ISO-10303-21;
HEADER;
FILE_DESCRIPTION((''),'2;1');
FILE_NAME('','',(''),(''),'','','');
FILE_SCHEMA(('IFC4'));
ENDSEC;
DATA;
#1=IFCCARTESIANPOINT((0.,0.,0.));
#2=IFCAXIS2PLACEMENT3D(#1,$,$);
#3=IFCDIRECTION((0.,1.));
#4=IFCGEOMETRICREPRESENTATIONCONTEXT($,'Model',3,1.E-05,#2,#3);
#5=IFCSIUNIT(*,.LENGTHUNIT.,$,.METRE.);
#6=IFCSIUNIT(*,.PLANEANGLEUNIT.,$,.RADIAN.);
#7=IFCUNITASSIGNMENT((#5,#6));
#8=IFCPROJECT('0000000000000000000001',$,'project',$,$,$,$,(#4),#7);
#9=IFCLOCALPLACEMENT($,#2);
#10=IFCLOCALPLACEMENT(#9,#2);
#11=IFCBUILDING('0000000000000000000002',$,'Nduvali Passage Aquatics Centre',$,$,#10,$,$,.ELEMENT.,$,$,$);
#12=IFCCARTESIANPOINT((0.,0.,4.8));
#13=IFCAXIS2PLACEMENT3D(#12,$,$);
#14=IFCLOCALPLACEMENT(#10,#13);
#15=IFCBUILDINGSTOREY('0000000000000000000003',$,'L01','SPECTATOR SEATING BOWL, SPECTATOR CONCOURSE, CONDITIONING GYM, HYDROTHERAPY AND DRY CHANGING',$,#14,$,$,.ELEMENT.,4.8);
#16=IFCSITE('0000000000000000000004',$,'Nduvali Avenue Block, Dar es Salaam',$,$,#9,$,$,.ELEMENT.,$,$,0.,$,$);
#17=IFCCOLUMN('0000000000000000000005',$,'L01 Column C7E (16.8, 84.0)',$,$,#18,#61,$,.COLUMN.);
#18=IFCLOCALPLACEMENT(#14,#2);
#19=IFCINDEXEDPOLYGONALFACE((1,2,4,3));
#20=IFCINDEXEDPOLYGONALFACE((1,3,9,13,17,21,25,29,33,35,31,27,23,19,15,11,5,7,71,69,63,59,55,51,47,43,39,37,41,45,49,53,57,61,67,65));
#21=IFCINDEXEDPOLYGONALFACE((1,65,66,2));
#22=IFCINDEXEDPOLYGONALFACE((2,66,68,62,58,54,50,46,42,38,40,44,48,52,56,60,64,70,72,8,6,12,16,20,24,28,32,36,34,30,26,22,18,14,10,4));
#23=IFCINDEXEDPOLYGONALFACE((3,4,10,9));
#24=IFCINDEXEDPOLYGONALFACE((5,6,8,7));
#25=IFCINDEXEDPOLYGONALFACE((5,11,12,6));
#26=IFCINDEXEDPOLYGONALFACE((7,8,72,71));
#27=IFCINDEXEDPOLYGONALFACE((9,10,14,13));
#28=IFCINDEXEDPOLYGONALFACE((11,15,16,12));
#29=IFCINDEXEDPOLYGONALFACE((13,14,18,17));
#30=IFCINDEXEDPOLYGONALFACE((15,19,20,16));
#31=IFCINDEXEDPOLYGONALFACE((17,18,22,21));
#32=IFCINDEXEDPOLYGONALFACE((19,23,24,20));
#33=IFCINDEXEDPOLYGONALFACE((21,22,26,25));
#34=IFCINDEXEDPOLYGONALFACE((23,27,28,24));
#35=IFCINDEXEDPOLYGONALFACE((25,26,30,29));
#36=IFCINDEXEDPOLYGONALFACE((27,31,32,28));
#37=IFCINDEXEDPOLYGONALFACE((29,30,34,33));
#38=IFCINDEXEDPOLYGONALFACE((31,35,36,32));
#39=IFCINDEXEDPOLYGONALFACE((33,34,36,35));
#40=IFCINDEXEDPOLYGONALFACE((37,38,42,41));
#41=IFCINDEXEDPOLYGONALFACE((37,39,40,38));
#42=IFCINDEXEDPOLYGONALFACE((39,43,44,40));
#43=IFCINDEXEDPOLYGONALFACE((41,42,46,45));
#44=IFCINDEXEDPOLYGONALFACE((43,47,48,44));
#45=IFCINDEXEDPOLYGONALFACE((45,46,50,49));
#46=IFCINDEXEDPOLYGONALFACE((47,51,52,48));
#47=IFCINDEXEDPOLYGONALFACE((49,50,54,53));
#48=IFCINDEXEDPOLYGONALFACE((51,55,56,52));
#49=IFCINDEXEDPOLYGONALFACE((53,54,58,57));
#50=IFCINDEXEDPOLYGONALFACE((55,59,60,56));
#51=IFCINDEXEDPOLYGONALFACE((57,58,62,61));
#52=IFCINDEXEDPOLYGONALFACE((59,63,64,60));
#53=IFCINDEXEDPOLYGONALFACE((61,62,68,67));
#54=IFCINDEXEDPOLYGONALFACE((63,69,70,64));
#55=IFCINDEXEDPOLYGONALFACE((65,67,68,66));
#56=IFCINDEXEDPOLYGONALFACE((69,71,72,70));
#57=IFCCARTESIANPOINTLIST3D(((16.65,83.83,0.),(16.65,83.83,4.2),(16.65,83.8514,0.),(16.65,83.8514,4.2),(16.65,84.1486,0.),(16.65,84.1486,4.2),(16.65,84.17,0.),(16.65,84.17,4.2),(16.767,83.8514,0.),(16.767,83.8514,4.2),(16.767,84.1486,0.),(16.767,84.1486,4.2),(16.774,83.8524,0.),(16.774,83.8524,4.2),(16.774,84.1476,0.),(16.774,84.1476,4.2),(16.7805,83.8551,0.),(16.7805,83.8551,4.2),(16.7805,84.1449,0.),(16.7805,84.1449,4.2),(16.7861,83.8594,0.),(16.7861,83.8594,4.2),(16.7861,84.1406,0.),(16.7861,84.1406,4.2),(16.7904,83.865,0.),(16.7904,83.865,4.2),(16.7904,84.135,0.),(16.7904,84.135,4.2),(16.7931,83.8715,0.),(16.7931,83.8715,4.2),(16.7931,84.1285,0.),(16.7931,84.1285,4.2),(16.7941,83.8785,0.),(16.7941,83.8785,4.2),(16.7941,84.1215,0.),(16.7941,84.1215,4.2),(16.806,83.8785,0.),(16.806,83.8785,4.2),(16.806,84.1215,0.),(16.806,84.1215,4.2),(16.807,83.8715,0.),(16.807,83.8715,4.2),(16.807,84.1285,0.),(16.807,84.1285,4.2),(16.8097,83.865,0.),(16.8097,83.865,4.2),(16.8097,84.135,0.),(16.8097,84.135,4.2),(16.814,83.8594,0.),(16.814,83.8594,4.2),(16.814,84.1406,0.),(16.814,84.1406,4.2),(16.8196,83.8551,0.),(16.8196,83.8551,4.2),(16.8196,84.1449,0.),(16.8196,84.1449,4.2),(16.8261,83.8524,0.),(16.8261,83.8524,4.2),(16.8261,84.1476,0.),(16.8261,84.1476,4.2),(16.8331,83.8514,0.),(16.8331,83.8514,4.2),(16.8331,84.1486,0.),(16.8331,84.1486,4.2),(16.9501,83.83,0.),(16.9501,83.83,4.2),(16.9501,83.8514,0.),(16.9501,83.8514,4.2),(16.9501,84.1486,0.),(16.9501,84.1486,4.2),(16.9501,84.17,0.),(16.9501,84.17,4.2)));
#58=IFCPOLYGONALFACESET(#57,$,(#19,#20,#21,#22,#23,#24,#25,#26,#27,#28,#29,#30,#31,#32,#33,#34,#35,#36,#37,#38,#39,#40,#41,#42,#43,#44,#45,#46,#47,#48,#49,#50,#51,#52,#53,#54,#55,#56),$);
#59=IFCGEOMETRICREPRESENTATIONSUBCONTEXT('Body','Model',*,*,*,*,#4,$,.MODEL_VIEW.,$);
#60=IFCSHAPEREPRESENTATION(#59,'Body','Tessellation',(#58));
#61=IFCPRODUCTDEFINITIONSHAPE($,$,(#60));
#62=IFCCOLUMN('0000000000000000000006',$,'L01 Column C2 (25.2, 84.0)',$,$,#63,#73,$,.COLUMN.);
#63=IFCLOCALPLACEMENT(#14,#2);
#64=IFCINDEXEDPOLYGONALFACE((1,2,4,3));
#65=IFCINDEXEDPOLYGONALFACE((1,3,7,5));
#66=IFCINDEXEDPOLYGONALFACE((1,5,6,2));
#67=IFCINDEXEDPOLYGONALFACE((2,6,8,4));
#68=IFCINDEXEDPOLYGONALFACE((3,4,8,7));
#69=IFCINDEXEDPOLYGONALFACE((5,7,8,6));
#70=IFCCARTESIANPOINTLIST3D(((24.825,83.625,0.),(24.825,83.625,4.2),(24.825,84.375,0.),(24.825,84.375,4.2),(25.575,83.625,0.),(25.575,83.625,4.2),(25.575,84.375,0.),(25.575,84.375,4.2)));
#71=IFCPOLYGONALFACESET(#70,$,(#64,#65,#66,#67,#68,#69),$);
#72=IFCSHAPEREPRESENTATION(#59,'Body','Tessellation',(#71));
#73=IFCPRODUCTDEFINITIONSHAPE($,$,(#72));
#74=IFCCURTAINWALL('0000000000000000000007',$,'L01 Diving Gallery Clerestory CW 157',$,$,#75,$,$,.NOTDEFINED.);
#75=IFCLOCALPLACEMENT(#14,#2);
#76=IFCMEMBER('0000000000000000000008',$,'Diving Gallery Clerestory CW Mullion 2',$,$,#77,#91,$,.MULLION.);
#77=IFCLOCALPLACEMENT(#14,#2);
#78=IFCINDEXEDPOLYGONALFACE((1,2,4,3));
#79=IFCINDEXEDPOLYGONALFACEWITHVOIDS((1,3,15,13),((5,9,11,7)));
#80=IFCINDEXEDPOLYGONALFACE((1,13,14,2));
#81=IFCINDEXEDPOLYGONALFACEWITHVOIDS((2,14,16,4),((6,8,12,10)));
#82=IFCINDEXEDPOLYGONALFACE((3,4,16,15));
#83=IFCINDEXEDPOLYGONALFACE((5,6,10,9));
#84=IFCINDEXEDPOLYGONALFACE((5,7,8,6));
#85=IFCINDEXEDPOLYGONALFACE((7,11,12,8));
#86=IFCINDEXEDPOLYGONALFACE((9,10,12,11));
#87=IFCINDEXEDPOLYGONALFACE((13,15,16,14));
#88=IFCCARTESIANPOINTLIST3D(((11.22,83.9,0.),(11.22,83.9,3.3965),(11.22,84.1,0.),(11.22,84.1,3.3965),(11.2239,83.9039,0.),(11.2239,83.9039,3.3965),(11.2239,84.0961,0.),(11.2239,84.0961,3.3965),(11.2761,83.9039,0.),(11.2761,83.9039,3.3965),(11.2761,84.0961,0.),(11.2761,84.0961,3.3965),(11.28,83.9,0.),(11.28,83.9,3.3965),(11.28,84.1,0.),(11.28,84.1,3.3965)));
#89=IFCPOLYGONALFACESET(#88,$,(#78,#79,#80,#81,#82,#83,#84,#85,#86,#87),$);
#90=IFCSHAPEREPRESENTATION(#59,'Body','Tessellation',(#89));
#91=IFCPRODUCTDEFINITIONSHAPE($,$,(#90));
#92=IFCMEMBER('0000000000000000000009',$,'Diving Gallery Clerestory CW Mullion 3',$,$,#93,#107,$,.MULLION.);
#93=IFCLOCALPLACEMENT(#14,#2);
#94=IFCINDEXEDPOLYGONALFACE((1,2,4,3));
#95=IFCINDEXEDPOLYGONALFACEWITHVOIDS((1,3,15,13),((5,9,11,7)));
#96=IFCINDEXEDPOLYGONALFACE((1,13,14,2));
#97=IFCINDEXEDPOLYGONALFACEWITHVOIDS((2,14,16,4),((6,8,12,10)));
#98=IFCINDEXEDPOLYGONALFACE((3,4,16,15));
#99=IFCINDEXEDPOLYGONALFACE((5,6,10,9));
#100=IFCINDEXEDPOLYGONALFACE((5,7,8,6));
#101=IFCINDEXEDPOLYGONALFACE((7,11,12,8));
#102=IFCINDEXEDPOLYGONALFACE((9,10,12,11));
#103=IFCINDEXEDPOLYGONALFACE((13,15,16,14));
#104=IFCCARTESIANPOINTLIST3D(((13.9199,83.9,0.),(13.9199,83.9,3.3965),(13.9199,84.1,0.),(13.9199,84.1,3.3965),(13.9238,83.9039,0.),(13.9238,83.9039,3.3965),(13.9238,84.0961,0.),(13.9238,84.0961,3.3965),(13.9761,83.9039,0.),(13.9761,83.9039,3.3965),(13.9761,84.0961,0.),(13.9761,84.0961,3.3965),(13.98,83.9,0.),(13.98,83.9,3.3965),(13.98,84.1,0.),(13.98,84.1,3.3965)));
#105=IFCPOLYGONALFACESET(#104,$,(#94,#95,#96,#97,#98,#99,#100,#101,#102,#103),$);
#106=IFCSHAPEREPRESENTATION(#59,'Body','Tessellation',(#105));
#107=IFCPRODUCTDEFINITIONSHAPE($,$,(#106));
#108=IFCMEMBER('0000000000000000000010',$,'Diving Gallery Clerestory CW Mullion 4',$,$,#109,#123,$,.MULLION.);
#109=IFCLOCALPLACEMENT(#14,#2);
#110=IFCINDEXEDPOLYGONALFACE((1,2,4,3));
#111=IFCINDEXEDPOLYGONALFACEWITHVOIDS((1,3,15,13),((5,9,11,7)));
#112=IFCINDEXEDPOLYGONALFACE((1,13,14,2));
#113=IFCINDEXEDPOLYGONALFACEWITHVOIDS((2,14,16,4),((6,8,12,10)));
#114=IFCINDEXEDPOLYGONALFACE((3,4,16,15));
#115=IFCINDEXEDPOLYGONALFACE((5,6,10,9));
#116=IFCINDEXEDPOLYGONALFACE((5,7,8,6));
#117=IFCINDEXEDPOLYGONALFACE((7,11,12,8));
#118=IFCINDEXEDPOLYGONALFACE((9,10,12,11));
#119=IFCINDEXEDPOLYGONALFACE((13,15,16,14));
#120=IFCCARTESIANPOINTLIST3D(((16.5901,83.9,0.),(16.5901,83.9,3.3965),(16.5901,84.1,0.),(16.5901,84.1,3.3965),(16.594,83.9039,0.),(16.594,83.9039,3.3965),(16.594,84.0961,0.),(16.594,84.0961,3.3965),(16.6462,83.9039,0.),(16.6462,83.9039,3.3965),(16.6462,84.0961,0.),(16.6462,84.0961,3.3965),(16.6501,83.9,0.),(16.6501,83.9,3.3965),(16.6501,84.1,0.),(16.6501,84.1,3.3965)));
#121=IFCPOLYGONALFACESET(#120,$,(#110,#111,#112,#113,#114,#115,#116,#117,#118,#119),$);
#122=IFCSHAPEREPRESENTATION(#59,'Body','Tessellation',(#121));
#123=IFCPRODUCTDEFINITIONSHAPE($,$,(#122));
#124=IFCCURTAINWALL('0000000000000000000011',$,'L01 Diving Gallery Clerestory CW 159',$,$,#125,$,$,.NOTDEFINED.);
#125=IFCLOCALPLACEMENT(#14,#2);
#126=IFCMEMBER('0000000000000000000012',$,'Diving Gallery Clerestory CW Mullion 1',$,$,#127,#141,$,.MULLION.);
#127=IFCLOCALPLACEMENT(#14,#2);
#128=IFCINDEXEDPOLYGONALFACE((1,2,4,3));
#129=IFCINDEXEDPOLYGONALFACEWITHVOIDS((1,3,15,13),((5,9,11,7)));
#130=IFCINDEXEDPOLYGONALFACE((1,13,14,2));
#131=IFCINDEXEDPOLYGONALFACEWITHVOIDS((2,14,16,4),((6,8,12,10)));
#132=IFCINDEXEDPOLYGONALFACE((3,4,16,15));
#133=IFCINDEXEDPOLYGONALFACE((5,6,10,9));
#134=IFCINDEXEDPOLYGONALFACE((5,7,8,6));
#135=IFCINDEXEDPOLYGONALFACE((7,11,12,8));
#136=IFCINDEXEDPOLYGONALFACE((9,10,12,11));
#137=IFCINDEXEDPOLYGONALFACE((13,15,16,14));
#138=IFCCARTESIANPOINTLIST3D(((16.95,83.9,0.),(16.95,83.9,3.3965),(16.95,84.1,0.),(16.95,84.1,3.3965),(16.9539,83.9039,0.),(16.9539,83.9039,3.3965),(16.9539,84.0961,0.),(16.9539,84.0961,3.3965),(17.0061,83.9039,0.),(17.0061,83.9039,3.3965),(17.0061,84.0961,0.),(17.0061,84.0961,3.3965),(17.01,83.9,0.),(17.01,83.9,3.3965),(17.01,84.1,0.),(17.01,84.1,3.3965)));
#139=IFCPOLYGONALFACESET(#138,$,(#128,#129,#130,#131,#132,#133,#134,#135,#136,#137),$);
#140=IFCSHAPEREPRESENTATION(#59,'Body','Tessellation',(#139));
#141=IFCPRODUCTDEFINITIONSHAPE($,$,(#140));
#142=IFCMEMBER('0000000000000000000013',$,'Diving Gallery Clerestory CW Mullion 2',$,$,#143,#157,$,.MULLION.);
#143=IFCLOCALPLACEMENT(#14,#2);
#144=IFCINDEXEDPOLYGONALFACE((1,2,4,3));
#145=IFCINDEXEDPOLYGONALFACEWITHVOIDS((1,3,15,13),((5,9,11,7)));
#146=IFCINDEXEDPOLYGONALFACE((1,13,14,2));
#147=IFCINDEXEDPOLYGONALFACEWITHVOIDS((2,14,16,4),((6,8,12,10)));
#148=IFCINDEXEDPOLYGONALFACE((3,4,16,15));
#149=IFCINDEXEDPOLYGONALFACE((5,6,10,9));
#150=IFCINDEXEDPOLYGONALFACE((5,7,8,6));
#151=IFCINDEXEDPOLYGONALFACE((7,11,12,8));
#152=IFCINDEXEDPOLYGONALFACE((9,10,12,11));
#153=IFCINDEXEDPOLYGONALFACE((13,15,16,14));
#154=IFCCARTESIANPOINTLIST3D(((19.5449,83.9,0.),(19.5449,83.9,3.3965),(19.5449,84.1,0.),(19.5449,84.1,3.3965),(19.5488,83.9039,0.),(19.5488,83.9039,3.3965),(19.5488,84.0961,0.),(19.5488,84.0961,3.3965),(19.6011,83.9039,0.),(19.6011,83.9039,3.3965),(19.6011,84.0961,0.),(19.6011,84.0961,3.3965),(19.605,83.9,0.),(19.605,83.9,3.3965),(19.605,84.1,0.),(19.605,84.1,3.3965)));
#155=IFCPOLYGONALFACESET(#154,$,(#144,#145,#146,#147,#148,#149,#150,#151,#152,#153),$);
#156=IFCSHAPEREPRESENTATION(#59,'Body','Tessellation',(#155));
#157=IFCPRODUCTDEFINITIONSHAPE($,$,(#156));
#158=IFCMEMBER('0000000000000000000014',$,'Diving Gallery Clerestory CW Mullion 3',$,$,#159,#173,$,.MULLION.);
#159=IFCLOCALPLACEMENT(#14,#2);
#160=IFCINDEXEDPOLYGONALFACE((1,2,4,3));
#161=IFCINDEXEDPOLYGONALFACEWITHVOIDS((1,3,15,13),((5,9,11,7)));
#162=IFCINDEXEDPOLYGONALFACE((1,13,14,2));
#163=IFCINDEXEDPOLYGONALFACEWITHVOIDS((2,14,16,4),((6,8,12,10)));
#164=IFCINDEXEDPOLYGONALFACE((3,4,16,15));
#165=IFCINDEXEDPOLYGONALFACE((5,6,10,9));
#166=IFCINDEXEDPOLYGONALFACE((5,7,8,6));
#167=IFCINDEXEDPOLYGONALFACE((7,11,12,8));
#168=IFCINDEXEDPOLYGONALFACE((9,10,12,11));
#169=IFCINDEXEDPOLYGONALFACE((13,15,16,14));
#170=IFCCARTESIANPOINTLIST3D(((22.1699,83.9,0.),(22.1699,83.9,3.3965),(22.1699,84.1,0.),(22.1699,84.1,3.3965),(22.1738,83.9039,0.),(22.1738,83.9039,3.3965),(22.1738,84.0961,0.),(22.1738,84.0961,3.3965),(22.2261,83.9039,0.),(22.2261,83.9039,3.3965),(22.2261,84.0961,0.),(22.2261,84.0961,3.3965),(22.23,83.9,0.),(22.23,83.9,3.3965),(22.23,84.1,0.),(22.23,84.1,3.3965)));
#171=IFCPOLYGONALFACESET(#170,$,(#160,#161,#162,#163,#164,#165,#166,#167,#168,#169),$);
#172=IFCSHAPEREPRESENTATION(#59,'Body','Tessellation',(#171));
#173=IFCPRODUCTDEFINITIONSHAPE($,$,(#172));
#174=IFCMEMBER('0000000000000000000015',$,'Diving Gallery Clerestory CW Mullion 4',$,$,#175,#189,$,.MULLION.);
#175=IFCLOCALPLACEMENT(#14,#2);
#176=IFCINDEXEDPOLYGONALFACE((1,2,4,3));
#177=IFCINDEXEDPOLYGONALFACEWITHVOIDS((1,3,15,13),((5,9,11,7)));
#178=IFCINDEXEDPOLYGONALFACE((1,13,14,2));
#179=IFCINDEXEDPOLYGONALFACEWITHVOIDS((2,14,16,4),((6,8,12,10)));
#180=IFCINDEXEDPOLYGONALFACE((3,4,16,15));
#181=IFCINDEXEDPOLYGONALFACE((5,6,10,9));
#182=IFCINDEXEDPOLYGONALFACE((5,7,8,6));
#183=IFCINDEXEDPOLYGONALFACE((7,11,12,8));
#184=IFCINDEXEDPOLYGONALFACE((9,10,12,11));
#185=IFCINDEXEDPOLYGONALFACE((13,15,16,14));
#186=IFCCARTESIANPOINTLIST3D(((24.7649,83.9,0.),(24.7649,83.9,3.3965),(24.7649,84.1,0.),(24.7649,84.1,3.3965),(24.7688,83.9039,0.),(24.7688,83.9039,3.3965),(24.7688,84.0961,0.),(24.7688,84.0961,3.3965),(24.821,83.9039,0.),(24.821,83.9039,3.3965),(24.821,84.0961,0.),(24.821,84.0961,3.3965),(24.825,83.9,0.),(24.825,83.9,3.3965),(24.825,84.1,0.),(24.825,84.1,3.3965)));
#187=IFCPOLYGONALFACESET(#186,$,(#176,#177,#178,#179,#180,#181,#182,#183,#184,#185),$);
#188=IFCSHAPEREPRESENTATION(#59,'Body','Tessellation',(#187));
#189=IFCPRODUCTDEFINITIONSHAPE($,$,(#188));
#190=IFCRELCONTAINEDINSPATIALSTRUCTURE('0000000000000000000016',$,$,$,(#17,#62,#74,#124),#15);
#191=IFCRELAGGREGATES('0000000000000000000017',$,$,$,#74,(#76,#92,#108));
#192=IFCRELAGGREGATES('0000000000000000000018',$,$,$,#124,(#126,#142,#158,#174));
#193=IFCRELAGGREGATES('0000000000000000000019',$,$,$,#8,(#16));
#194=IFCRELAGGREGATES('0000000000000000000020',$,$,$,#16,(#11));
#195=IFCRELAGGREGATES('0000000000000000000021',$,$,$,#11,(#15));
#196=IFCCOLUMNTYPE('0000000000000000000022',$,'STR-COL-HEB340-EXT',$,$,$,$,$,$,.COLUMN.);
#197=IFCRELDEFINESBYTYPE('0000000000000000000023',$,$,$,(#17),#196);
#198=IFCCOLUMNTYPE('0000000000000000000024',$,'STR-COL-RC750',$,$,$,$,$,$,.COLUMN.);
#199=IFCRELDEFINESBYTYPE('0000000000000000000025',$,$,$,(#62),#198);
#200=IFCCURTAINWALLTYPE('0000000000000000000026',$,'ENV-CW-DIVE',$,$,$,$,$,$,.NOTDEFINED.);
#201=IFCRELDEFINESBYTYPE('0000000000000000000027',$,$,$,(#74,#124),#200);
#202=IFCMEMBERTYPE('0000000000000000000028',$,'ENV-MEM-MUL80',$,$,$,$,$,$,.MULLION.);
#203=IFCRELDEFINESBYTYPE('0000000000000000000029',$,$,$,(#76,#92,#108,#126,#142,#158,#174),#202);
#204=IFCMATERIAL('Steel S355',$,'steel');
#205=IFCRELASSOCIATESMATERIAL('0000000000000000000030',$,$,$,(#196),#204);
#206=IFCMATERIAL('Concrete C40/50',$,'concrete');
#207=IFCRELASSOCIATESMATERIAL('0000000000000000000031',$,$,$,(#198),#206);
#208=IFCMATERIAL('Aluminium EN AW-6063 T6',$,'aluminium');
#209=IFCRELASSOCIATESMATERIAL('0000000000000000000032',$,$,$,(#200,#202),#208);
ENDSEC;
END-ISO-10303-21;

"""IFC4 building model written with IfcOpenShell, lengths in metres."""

from ifc_helpers import new_model, si_unit, direction, frame, origin, origin_2d, place, context, subcontext, project, spatial, rectangle, hollow_rectangle, i_section, extrude, material, material_profile, profile_set, type_object, element, aggregate, save


model = new_model("IFC4")

# Units and contexts
model_context = context("Model", 3, precision=1e-05, world=origin(), true_north=direction((0.0, 1.0)))
body_context = subcontext(model_context, "Body", "Model", "MODEL_VIEW")
ifc_project = project(units=[si_unit("LENGTHUNIT", "METRE"), si_unit("PLANEANGLEUNIT", "RADIAN")], contexts=[model_context])

# Site, building, storey
site_placement = place(None, origin())
site = spatial("IfcSite", under=ifc_project, at=site_placement, Name="Nduvali Avenue Block, Dar es Salaam", CompositionType="ELEMENT", RefElevation=0.0)
building_placement = place(site_placement, origin())
building = spatial("IfcBuilding", under=site, at=building_placement, Name="Nduvali Passage Aquatics Centre", CompositionType="ELEMENT")
storey_placement = place(building_placement, frame((0.0, 0.0, 4.8)))
storey = spatial("IfcBuildingStorey", under=building, at=storey_placement, Name="L01", Description="SPECTATOR SEATING BOWL, SPECTATOR CONCOURSE, CONDITIONING GYM, HYDROTHERAPY AND DRY CHANGING", CompositionType="ELEMENT", Elevation=4.8)

# Columns
ifc_material_1 = material(Name="Steel S355", Category="steel")
ifc_material_profile_1 = material_profile(ifc_material_1, i_section(OverallWidth=0.3, OverallDepth=0.3401, WebThickness=0.012, FlangeThickness=0.0215, FilletRadius=0.0271, at=origin_2d()), Name="HEB 340")
ifc_profile_set_1 = profile_set([ifc_material_profile_1], Name="Steel S355")
column_type_1 = type_object("IfcColumnType", Name="STR-COL-HEB340-EXT", PredefinedType="COLUMN", material=ifc_profile_set_1)
column_1_placement = place(storey_placement, frame((16.8, 84.0, 0.0), z_axis=(0.0, 0.0, 1.0), x_axis=(1.0, 0.0, 0.0)))
element("IfcColumn", 1, at=column_1_placement, inside=storey, type_object=column_type_1, Name="L01 Column C7E (16.8, 84.0)", PredefinedType="COLUMN", context=body_context, shape_type="SweptSolid", body=[
    extrude(i_section(OverallWidth=0.3, OverallDepth=0.3401, WebThickness=0.012, FlangeThickness=0.0215, FilletRadius=0.0271, at=origin_2d()), origin(), (0.0, 0.0, 1.0), 4.2),
])
ifc_material_2 = material(Name="Concrete C40/50", Category="concrete")
ifc_material_profile_2 = material_profile(ifc_material_2, rectangle(XDim=0.75, YDim=0.75, at=origin_2d()), Name="RC 750x750")
ifc_profile_set_2 = profile_set([ifc_material_profile_2], Name="Concrete C40/50")
column_type_2 = type_object("IfcColumnType", Name="STR-COL-RC750", PredefinedType="COLUMN", material=ifc_profile_set_2)
column_2_placement = place(storey_placement, frame((25.2, 84.0, 0.0), z_axis=(0.0, 0.0, 1.0), x_axis=(1.0, 0.0, 0.0)))
element("IfcColumn", 2, at=column_2_placement, inside=storey, type_object=column_type_2, Name="L01 Column C2 (25.2, 84.0)", PredefinedType="COLUMN", context=body_context, shape_type="SweptSolid", body=[
    extrude(rectangle(XDim=0.75, YDim=0.75, at=origin_2d()), origin(), (0.0, 0.0, 1.0), 4.2),
])

# Curtain walls, members
ifc_material_3 = material(Name="Aluminium EN AW-6063 T6", Category="aluminium")
curtain_wall_type = type_object("IfcCurtainWallType", Name="ENV-CW-DIVE", PredefinedType="NOTDEFINED", material=ifc_material_3)
curtain_wall_1_placement = place(storey_placement, origin())
curtain_wall_1 = element("IfcCurtainWall", 3, at=curtain_wall_1_placement, inside=storey, type_object=curtain_wall_type, Name="L01 Diving Gallery Clerestory CW 157", PredefinedType="NOTDEFINED")
ifc_material_profile_3 = material_profile(ifc_material_3, hollow_rectangle(XDim=0.0601, YDim=0.2, WallThickness=0.0039, at=origin_2d()), Name="ALU MULLION 60x200x4")
ifc_profile_set_3 = profile_set([ifc_material_profile_3], Name="Aluminium EN AW-6063 T6")
member_type_1 = type_object("IfcMemberType", Name="ENV-MEM-MUL80", PredefinedType="MULLION", material=ifc_profile_set_3)
member_1_placement = place(storey_placement, frame((11.25, 84.0, 0.0), z_axis=(0.0, 0.0, 1.0), x_axis=(1.0, 0.0, 0.0)))
member_1 = element("IfcMember", 4, at=member_1_placement, type_object=member_type_1, Name="Diving Gallery Clerestory CW Mullion 2", PredefinedType="MULLION", context=body_context, shape_type="SweptSolid", body=[
    extrude(hollow_rectangle(XDim=0.0601, YDim=0.2, WallThickness=0.0039, at=origin_2d()), origin(), (0.0, 0.0, 1.0), 3.3965),
])
member_2_placement = place(storey_placement, frame((13.95, 84.0, 0.0), z_axis=(0.0, 0.0, 1.0), x_axis=(1.0, 0.0, 0.0)))
member_2 = element("IfcMember", 5, at=member_2_placement, type_object=member_type_1, Name="Diving Gallery Clerestory CW Mullion 3", PredefinedType="MULLION", context=body_context, shape_type="SweptSolid", body=[
    extrude(hollow_rectangle(XDim=0.0601, YDim=0.2, WallThickness=0.0039, at=origin_2d()), origin(), (0.0, 0.0, 1.0), 3.3965),
])
member_3_placement = place(storey_placement, frame((16.6201, 84.0, 0.0), z_axis=(0.0, 0.0, 1.0), x_axis=(1.0, 0.0, 0.0)))
member_3 = element("IfcMember", 6, at=member_3_placement, type_object=member_type_1, Name="Diving Gallery Clerestory CW Mullion 4", PredefinedType="MULLION", context=body_context, shape_type="SweptSolid", body=[
    extrude(hollow_rectangle(XDim=0.0601, YDim=0.2, WallThickness=0.0039, at=origin_2d()), origin(), (0.0, 0.0, 1.0), 3.3965),
])
curtain_wall_2_placement = place(storey_placement, origin())
curtain_wall_2 = element("IfcCurtainWall", 7, at=curtain_wall_2_placement, inside=storey, type_object=curtain_wall_type, Name="L01 Diving Gallery Clerestory CW 159", PredefinedType="NOTDEFINED")
member_4_placement = place(storey_placement, frame((16.98, 84.0, 0.0), z_axis=(0.0, 0.0, 1.0), x_axis=(1.0, 0.0, 0.0)))
member_4 = element("IfcMember", 8, at=member_4_placement, type_object=member_type_1, Name="Diving Gallery Clerestory CW Mullion 1", PredefinedType="MULLION", context=body_context, shape_type="SweptSolid", body=[
    extrude(hollow_rectangle(XDim=0.0601, YDim=0.2, WallThickness=0.0039, at=origin_2d()), origin(), (0.0, 0.0, 1.0), 3.3965),
])
member_5_placement = place(storey_placement, frame((19.575, 84.0, 0.0), z_axis=(0.0, 0.0, 1.0), x_axis=(1.0, 0.0, 0.0)))
member_5 = element("IfcMember", 9, at=member_5_placement, type_object=member_type_1, Name="Diving Gallery Clerestory CW Mullion 2", PredefinedType="MULLION", context=body_context, shape_type="SweptSolid", body=[
    extrude(hollow_rectangle(XDim=0.0601, YDim=0.2, WallThickness=0.0039, at=origin_2d()), origin(), (0.0, 0.0, 1.0), 3.3965),
])
member_6_placement = place(storey_placement, frame((22.2, 84.0, 0.0), z_axis=(0.0, 0.0, 1.0), x_axis=(1.0, 0.0, 0.0)))
member_6 = element("IfcMember", 10, at=member_6_placement, type_object=member_type_1, Name="Diving Gallery Clerestory CW Mullion 3", PredefinedType="MULLION", context=body_context, shape_type="SweptSolid", body=[
    extrude(hollow_rectangle(XDim=0.0601, YDim=0.2, WallThickness=0.0039, at=origin_2d()), origin(), (0.0, 0.0, 1.0), 3.3965),
])
member_7_placement = place(storey_placement, frame((24.7949, 84.0, 0.0), z_axis=(0.0, 0.0, 1.0), x_axis=(1.0, 0.0, 0.0)))
member_7 = element("IfcMember", 11, at=member_7_placement, type_object=member_type_1, Name="Diving Gallery Clerestory CW Mullion 4", PredefinedType="MULLION", context=body_context, shape_type="SweptSolid", body=[
    extrude(hollow_rectangle(XDim=0.0601, YDim=0.2, WallThickness=0.0039, at=origin_2d()), origin(), (0.0, 0.0, 1.0), 3.3965),
])

aggregate(curtain_wall_1, [member_1, member_2, member_3])
aggregate(curtain_wall_2, [member_4, member_5, member_6, member_7])

save(model, "model.ifc")
